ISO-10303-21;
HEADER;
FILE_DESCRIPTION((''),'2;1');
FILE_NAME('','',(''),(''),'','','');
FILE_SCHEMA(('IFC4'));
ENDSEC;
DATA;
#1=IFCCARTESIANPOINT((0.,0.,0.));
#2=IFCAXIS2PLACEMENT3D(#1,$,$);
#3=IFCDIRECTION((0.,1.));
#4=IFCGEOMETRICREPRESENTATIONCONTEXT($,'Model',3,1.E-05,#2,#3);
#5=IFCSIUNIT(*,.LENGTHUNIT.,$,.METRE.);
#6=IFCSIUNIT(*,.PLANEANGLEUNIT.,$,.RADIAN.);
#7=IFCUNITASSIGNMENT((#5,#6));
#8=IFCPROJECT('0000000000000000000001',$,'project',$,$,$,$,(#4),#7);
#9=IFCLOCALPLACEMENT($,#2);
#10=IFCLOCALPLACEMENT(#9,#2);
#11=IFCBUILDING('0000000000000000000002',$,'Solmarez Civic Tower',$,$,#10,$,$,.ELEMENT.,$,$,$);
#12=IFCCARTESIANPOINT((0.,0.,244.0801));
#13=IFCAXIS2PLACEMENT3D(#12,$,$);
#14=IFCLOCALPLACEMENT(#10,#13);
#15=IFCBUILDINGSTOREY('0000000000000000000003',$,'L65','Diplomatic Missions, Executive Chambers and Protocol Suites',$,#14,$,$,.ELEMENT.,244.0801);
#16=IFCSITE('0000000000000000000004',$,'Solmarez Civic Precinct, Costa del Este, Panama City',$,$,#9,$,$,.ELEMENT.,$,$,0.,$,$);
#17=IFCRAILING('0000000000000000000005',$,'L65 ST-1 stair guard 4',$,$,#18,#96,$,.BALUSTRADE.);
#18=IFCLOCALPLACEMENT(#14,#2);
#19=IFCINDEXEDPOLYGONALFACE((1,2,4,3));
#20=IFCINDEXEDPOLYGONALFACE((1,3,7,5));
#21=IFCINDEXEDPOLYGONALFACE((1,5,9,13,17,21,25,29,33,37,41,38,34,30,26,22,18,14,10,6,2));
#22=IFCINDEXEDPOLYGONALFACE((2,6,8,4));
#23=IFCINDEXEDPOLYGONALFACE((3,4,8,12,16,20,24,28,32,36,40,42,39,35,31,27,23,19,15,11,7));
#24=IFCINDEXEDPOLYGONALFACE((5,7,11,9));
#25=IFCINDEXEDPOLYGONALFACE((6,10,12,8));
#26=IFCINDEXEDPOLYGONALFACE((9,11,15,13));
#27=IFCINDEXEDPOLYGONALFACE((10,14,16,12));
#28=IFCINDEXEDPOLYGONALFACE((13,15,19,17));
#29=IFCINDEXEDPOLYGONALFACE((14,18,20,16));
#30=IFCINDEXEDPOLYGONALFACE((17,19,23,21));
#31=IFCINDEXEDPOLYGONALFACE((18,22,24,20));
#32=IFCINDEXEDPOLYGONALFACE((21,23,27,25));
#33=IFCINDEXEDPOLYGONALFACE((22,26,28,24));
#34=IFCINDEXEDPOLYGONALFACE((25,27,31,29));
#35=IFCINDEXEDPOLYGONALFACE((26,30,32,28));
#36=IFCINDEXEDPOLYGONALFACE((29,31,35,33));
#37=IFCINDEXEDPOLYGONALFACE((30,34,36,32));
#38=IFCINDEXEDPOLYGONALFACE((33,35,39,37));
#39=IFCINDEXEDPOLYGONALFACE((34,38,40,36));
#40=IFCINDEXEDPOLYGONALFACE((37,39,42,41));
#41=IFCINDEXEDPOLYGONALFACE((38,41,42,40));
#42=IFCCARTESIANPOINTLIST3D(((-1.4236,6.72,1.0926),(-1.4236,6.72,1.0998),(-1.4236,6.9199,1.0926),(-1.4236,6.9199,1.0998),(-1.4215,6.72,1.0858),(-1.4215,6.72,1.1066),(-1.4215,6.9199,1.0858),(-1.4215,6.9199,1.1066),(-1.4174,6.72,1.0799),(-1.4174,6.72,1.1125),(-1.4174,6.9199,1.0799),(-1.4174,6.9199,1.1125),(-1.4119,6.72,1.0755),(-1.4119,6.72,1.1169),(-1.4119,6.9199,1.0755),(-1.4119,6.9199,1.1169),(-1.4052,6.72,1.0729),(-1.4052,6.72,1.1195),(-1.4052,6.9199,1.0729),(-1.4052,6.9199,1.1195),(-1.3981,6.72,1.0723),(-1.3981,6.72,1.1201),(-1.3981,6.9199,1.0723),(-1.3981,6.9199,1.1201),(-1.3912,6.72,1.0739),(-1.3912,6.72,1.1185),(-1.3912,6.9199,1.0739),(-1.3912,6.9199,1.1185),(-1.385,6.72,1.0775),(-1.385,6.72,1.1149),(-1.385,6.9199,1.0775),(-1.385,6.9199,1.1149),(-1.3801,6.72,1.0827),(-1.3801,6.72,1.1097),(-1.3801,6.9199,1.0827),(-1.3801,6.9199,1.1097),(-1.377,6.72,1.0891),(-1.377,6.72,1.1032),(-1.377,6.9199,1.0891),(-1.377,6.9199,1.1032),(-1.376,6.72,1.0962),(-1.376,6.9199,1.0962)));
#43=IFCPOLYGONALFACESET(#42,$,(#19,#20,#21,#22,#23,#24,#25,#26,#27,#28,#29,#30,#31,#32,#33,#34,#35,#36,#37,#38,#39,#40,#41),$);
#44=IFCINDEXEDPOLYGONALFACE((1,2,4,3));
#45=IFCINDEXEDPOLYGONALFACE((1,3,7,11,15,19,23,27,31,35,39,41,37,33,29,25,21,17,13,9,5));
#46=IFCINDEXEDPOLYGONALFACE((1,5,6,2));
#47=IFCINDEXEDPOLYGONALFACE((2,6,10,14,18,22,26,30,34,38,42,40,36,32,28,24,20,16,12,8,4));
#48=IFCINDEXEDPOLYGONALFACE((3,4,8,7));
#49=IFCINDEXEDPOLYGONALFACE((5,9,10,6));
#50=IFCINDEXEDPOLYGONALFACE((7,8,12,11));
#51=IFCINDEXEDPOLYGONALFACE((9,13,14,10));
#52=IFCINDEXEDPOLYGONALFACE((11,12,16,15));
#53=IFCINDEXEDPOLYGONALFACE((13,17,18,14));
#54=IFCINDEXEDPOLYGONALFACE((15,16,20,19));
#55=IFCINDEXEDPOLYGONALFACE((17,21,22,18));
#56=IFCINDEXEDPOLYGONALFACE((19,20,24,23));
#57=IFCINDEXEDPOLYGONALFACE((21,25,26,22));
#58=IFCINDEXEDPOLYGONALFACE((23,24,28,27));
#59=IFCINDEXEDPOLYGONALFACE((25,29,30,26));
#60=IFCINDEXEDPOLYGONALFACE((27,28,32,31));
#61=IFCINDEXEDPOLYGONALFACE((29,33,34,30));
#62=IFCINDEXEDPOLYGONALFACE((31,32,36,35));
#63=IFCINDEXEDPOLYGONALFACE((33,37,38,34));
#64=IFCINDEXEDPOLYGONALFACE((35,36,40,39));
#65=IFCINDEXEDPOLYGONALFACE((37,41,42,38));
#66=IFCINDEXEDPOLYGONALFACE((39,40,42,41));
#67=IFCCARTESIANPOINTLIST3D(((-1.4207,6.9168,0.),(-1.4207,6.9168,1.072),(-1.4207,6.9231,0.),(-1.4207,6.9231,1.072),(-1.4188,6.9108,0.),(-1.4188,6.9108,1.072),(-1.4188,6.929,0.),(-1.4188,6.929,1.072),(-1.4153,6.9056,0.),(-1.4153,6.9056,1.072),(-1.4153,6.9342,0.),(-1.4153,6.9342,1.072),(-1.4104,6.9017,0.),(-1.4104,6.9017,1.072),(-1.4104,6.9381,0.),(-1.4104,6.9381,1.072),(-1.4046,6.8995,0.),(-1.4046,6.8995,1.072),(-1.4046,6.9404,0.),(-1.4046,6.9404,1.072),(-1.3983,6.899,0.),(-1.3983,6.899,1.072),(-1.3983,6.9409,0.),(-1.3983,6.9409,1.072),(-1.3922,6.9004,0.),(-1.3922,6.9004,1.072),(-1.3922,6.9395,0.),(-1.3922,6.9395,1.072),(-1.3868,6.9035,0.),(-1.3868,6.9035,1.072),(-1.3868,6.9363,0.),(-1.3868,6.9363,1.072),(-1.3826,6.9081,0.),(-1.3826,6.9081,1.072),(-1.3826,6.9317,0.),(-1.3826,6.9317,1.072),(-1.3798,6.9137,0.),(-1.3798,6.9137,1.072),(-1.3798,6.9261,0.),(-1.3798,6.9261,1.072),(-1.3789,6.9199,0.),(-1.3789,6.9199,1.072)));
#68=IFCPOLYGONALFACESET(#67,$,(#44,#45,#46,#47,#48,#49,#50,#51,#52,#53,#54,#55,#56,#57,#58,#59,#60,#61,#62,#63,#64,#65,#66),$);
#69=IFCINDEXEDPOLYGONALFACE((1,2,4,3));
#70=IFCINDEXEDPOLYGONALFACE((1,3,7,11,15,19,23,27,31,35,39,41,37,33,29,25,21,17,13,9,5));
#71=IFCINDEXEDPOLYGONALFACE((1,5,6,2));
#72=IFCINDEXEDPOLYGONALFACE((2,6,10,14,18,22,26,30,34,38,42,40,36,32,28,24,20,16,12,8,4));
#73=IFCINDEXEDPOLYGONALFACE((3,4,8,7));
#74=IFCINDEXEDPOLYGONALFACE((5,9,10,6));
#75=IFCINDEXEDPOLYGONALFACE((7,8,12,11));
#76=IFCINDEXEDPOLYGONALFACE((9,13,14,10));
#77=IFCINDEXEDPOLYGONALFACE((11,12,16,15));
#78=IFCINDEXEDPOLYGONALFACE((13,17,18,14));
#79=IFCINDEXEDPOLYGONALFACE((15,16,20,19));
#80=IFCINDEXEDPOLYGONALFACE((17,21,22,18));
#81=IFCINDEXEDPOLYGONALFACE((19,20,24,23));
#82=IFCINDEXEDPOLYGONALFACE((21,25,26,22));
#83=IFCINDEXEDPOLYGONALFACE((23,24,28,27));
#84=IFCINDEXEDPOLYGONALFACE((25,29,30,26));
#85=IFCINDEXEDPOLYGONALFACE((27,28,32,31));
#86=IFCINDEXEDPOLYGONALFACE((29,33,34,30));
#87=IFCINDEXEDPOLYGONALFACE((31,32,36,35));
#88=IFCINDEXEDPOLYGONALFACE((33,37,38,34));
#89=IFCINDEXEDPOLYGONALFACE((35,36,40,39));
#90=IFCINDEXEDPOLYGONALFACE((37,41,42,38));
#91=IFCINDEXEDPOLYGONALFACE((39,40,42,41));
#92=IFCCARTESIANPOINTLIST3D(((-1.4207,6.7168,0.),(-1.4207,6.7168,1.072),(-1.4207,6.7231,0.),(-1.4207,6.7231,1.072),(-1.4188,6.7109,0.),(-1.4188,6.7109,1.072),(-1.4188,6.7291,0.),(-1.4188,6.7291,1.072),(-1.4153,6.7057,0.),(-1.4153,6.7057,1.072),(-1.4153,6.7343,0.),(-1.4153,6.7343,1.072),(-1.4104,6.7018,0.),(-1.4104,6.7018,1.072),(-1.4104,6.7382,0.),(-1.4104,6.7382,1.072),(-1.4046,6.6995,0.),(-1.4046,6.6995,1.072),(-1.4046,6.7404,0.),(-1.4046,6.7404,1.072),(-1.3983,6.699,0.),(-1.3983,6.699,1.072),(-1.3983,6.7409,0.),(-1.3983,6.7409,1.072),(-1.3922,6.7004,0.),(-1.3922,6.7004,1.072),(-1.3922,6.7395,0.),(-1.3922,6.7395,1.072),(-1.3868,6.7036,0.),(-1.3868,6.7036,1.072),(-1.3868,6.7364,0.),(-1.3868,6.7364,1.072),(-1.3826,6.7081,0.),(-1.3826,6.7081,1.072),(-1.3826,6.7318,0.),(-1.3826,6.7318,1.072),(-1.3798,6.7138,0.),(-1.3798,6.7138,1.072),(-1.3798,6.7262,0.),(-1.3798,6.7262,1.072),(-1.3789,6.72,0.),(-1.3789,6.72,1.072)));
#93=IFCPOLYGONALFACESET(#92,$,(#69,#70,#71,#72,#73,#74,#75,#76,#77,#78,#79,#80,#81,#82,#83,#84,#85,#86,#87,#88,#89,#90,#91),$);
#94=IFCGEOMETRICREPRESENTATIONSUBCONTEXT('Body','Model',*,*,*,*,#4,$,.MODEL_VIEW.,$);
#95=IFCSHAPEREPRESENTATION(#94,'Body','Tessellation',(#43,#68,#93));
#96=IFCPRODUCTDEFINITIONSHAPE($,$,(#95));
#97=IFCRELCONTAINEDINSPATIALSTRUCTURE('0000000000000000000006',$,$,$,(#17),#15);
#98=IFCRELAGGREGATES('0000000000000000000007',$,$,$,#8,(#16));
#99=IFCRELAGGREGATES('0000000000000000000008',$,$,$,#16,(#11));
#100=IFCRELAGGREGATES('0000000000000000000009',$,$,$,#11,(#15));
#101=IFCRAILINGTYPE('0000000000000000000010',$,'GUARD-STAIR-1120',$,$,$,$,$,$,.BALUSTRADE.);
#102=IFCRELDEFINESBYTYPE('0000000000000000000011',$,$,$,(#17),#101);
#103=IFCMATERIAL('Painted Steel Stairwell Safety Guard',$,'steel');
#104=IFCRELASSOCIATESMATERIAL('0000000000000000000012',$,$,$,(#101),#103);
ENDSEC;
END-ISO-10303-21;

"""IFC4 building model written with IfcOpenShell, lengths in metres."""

from ifc_helpers import new_model, si_unit, direction, frame, origin, origin_2d, place, context, subcontext, project, spatial, circle, extrude, material, type_object, element, save


model = new_model("IFC4")

# Units and contexts
model_context = context("Model", 3, precision=1e-05, world=origin(), true_north=direction((0.0, 1.0)))
body_context = subcontext(model_context, "Body", "Model", "MODEL_VIEW")
ifc_project = project(units=[si_unit("LENGTHUNIT", "METRE"), si_unit("PLANEANGLEUNIT", "RADIAN")], contexts=[model_context])

# Site, building, storey
site_placement = place(None, origin())
site = spatial("IfcSite", under=ifc_project, at=site_placement, Name="Solmarez Civic Precinct, Costa del Este, Panama City", CompositionType="ELEMENT", RefElevation=0.0)
building_placement = place(site_placement, origin())
building = spatial("IfcBuilding", under=site, at=building_placement, Name="Solmarez Civic Tower", CompositionType="ELEMENT")
storey_placement = place(building_placement, frame((0.0, 0.0, 244.0801)))
storey = spatial("IfcBuildingStorey", under=building, at=storey_placement, Name="L65", Description="Diplomatic Missions, Executive Chambers and Protocol Suites", CompositionType="ELEMENT", Elevation=244.0801)

# Railing
ifc_material_1 = material(Name="Painted Steel Stairwell Safety Guard", Category="steel")
railing_type_1 = type_object("IfcRailingType", Name="GUARD-STAIR-1120", PredefinedType="BALUSTRADE", material=ifc_material_1)
railing_1_placement = place(storey_placement, frame((-1.3999, 6.9199, 0.0)))
element("IfcRailing", 1, at=railing_1_placement, inside=storey, type_object=railing_type_1, Name="L65 ST-1 stair guard 4", PredefinedType="BALUSTRADE", context=body_context, shape_type="SweptSolid", body=[
    extrude(circle(Radius=0.0239, at=origin_2d()), frame((0.0, 0.0, 1.0962), z_axis=(0.0, -1.0, 0.0), x_axis=(1.0, 0.0, 0.0)), (0.0, 0.0, 1.0), 0.2),
    extrude(circle(Radius=0.021, at=origin_2d()), origin(), (0.0, 0.0, 1.0), 1.072),
    extrude(circle(Radius=0.021, at=origin_2d()), frame((0.0, -0.2, 0.0)), (0.0, 0.0, 1.0), 1.072),
])

save(model, "model.ifc")
